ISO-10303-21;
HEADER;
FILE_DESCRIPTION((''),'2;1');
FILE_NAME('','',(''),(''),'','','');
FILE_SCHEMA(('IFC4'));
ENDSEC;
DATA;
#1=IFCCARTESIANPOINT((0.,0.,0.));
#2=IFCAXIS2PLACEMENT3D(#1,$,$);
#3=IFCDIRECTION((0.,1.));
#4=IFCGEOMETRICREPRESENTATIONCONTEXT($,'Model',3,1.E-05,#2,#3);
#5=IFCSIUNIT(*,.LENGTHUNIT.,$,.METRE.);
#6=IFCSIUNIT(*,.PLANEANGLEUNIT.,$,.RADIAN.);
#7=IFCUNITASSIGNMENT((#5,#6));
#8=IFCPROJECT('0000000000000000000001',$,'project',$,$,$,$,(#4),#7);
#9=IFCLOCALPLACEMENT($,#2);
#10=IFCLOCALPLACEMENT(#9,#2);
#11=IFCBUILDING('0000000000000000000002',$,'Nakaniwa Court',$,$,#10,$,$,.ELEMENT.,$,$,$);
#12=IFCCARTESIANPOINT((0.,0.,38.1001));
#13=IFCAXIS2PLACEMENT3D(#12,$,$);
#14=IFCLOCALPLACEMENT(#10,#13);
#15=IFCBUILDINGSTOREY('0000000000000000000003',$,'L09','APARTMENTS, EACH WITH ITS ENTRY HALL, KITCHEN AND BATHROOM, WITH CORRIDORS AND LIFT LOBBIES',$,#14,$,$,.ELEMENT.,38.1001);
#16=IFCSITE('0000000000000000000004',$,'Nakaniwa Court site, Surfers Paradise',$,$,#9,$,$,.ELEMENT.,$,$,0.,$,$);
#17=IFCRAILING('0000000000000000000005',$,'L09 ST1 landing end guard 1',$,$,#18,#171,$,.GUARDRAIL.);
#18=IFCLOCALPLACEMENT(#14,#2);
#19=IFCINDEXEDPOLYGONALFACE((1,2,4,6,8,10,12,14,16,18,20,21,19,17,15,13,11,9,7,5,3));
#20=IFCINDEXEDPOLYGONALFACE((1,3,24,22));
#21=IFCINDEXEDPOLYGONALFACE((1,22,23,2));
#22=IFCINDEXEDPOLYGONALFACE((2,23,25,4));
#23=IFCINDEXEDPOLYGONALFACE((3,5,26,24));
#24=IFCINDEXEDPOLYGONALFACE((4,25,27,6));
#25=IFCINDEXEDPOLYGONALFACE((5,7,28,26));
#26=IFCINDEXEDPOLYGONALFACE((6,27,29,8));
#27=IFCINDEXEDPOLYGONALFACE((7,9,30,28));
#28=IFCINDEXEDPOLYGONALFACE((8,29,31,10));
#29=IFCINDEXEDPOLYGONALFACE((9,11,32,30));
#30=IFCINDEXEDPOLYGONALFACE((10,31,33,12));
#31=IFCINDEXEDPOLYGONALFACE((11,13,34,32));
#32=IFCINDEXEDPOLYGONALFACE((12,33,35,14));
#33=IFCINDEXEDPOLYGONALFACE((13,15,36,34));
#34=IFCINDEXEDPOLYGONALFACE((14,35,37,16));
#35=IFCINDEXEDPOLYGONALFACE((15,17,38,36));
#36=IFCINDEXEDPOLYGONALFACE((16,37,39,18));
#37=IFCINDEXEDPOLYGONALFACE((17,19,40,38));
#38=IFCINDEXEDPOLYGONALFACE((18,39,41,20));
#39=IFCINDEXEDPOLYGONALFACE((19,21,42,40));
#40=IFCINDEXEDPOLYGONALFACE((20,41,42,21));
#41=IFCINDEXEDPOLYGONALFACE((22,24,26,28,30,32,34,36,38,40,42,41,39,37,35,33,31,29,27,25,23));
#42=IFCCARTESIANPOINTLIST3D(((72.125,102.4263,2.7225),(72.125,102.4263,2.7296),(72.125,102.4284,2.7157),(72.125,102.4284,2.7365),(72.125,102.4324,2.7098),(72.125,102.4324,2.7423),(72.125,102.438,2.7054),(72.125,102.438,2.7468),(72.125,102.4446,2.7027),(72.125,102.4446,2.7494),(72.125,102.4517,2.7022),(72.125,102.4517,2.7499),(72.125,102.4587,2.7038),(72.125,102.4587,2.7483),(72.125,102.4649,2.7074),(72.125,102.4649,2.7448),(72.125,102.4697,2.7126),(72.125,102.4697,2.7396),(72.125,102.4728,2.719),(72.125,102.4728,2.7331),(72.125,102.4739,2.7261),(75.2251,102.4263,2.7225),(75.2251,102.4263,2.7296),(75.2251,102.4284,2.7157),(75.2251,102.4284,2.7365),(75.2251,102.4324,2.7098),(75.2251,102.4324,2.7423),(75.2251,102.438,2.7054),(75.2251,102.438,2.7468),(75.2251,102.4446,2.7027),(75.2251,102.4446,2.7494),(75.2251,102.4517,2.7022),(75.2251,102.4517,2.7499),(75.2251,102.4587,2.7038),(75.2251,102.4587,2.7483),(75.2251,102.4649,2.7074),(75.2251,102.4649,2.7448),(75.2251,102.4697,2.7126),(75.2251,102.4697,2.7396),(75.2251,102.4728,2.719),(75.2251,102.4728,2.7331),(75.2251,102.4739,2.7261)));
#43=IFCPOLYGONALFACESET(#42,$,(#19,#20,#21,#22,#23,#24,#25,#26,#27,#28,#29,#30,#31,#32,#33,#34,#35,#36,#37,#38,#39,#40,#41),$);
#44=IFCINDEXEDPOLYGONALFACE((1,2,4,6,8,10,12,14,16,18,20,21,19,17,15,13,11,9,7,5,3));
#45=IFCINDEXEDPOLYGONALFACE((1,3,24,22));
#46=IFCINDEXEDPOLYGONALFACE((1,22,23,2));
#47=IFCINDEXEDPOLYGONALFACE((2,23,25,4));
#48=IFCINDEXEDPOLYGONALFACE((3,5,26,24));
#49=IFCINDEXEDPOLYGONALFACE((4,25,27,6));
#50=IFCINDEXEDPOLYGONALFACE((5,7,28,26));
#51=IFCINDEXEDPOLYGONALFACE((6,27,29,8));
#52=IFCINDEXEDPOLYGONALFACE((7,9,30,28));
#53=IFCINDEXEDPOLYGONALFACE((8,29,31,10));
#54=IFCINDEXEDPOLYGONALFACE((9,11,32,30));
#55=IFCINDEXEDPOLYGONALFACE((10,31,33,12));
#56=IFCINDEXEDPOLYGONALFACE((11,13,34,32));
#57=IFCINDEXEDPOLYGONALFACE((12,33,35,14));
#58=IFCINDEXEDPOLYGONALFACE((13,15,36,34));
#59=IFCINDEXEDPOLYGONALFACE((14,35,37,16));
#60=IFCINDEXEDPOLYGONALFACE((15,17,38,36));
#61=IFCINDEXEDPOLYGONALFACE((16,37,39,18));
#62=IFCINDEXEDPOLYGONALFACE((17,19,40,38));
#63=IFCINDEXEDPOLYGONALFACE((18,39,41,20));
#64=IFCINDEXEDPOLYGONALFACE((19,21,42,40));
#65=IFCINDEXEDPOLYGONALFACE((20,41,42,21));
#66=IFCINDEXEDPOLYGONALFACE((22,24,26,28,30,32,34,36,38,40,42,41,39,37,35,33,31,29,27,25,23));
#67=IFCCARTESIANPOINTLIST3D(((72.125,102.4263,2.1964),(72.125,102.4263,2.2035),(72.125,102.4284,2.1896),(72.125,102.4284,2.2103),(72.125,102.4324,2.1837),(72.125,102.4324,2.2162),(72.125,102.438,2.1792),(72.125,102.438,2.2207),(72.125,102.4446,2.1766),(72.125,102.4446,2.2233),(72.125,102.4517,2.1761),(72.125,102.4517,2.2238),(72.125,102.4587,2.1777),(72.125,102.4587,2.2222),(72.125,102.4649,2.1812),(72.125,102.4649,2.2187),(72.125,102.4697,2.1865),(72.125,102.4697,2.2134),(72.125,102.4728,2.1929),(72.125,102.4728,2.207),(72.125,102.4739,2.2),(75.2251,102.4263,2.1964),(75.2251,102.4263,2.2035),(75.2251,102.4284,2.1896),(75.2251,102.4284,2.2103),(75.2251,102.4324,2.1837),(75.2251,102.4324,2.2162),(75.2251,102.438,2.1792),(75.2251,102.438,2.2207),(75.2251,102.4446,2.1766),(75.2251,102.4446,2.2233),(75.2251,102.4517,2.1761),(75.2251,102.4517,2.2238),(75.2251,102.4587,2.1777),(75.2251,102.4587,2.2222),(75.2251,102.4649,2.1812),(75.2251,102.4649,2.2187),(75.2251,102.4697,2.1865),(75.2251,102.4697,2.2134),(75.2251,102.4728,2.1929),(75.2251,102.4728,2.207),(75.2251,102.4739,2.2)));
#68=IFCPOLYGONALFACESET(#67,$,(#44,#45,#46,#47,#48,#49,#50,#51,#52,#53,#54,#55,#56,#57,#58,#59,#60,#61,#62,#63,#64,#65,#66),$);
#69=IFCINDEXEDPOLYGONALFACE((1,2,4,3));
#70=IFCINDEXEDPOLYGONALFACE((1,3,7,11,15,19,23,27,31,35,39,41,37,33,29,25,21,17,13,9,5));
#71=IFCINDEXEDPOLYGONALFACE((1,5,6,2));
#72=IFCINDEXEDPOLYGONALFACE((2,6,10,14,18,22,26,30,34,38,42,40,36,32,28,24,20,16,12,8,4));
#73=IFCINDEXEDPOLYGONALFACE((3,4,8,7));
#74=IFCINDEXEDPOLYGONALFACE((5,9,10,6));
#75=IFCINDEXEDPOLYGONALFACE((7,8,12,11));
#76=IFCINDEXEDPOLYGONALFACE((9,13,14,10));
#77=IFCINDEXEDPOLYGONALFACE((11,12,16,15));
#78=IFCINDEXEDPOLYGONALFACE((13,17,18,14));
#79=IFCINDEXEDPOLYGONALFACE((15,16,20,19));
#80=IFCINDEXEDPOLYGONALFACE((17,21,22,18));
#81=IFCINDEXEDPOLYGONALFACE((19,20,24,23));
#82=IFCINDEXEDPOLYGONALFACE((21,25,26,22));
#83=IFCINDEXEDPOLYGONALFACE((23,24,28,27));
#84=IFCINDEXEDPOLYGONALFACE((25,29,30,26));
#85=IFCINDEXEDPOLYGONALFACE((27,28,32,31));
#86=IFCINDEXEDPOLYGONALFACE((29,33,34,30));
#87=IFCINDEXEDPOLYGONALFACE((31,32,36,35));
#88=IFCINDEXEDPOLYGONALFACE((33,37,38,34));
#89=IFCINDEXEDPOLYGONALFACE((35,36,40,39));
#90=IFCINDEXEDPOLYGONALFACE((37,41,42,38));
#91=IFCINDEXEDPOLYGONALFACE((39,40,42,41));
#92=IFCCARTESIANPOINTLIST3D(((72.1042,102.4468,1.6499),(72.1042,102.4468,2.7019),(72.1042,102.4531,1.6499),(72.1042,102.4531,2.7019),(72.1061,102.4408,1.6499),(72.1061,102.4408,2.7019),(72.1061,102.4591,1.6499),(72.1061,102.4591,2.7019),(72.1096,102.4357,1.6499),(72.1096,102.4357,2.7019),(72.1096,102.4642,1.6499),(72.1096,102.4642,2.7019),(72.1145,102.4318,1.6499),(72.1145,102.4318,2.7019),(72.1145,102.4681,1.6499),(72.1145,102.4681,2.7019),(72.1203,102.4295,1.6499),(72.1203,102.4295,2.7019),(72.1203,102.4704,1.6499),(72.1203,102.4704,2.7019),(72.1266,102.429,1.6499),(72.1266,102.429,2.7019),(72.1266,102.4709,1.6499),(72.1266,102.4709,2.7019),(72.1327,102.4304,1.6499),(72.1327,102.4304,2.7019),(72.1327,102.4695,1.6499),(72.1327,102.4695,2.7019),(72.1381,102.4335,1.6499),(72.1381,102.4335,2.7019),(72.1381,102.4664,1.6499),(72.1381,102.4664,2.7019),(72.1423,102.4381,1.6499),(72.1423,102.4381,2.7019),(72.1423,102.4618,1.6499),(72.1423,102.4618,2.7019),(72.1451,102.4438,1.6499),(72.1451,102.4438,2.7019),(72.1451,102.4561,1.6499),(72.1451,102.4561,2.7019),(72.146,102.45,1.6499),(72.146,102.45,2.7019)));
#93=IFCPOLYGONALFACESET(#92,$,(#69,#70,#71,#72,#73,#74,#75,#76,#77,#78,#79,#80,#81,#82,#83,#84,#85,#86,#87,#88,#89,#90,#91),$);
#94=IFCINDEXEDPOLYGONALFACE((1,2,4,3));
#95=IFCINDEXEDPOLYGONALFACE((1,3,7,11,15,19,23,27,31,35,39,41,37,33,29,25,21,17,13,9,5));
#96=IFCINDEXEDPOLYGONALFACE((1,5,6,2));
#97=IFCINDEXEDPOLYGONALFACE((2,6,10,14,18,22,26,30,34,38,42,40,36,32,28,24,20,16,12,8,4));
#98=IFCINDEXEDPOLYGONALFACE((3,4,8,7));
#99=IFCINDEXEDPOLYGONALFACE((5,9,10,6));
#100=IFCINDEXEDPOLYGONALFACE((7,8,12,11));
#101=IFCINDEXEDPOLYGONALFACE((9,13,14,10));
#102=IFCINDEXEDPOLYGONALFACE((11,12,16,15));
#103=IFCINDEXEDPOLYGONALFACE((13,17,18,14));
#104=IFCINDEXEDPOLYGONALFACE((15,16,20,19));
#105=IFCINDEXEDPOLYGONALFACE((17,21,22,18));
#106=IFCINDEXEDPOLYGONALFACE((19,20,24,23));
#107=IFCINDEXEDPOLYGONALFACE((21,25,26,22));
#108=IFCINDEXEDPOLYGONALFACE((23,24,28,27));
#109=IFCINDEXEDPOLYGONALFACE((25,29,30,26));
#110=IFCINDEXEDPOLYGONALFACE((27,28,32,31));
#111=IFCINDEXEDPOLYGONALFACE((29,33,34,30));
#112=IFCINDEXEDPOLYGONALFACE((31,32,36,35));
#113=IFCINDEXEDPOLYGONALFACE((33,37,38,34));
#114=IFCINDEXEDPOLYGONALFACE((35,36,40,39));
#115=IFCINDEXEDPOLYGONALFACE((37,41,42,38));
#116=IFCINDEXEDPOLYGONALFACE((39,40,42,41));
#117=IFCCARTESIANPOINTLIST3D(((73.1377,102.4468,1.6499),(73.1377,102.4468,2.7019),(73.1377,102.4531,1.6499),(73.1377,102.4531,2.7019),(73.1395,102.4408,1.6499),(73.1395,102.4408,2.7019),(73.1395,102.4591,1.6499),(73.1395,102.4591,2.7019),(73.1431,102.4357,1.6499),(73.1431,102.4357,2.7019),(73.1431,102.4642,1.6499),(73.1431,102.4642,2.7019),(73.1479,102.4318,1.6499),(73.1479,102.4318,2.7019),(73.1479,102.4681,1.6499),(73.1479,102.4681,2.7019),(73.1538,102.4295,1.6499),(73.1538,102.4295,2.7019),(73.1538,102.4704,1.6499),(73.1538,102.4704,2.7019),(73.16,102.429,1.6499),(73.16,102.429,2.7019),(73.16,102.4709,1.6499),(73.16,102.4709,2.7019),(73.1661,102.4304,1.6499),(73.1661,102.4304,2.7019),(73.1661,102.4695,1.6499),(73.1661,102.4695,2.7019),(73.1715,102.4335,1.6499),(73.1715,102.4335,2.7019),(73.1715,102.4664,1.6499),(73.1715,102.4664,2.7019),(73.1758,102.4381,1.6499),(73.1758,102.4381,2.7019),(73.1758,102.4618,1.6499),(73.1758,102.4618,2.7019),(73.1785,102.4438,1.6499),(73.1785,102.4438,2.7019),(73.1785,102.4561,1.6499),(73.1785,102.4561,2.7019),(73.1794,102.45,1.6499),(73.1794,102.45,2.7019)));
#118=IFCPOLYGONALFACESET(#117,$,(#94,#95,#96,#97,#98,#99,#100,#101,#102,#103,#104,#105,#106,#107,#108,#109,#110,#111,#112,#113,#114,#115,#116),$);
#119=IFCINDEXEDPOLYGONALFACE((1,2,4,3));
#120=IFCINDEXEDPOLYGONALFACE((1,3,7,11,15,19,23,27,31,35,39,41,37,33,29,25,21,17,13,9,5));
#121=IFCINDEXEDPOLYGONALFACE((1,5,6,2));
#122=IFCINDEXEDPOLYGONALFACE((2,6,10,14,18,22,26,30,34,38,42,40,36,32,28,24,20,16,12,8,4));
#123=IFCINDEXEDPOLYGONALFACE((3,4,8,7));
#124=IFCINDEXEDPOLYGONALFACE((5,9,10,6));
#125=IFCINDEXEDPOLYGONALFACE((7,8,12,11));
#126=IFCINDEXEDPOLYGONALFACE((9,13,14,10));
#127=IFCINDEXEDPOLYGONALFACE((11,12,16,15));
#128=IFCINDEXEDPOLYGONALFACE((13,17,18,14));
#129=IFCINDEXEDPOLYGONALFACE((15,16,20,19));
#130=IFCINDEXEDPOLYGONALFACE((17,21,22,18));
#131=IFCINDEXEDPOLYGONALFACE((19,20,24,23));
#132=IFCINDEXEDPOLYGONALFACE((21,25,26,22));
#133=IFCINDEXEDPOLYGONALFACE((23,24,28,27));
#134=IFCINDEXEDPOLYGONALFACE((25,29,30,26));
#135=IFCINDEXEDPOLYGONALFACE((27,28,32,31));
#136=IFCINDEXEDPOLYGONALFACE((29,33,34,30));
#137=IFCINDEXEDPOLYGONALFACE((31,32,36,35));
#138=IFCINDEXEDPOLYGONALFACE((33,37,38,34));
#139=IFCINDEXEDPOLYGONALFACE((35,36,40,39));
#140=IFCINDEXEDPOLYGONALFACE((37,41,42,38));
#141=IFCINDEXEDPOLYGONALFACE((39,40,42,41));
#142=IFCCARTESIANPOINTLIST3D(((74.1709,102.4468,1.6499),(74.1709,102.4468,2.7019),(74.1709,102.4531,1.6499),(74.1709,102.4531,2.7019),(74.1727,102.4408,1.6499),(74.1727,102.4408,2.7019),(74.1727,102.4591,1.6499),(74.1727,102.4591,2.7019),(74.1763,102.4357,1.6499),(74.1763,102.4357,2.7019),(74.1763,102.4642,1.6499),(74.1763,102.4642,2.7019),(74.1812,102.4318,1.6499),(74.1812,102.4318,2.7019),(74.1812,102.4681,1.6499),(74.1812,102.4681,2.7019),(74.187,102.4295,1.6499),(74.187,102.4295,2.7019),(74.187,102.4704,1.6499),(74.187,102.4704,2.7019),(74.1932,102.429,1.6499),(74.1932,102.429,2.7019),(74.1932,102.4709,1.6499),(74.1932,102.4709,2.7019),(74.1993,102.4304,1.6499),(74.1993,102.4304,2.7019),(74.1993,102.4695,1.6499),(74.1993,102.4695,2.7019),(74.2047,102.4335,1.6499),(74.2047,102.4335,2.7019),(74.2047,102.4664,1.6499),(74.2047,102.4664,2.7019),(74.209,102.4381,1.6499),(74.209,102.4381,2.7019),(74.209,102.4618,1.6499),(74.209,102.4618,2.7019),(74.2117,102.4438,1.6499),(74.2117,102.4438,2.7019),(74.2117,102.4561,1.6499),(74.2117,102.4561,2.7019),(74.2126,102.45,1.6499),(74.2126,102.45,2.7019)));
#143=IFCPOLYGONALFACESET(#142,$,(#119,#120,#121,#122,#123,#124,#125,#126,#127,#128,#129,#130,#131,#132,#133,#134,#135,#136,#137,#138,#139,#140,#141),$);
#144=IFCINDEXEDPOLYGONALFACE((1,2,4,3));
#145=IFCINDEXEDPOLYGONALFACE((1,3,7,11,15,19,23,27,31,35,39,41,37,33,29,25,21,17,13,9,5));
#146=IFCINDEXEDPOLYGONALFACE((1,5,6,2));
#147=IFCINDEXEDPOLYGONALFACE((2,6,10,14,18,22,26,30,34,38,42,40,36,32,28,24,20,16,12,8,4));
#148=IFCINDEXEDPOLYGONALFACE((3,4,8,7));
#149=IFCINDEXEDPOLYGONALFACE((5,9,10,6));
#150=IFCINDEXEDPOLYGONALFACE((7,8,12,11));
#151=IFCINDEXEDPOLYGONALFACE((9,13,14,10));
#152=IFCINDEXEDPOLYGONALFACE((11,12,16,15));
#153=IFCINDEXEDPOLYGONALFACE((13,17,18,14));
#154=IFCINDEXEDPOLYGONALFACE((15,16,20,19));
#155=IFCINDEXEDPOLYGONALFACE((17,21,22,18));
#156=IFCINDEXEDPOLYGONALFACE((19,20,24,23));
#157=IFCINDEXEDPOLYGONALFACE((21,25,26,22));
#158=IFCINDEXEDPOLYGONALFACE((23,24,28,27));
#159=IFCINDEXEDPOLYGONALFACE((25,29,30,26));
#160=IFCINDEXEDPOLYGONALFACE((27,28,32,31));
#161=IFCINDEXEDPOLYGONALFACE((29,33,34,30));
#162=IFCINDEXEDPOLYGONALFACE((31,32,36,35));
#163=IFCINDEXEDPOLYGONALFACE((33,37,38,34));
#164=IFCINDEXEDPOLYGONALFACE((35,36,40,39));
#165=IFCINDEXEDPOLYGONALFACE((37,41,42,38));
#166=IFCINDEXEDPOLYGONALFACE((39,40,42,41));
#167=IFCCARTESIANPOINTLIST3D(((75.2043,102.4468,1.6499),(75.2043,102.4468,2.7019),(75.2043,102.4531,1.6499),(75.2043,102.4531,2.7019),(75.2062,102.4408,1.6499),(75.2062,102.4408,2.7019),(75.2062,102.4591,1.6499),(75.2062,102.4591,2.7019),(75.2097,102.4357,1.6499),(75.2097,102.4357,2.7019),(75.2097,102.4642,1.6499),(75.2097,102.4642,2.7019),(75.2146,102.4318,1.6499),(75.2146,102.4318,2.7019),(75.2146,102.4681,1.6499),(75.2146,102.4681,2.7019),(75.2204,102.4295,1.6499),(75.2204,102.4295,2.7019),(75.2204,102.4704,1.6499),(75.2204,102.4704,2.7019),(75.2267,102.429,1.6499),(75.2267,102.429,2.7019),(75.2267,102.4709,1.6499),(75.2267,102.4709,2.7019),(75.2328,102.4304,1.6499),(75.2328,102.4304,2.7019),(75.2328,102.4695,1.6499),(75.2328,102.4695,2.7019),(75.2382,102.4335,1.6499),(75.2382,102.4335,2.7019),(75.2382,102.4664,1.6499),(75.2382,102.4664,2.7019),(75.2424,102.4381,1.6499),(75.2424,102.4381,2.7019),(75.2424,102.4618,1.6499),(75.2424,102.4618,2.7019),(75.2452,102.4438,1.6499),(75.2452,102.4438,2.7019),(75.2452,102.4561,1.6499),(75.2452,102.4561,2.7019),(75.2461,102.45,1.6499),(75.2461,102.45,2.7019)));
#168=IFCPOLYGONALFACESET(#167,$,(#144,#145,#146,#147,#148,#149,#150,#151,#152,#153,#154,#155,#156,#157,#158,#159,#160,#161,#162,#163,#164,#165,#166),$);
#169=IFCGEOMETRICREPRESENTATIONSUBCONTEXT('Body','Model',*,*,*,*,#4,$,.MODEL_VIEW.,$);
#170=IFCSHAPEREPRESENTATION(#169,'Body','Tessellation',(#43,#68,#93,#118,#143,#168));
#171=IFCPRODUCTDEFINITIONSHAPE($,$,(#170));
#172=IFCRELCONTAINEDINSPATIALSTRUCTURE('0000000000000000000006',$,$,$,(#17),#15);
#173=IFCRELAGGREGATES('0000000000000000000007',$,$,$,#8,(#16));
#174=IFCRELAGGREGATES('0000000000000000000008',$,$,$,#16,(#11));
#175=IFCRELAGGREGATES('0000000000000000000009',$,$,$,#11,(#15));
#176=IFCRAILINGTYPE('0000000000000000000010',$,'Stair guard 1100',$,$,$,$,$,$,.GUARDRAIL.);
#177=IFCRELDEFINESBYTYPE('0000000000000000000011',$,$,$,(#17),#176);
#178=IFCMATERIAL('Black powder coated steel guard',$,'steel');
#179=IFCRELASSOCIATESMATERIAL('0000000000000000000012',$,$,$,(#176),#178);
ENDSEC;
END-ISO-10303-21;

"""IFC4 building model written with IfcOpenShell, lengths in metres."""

from ifc_helpers import new_model, si_unit, direction, frame, origin, origin_2d, place, context, subcontext, project, spatial, circle, extrude, material, type_object, element, save


model = new_model("IFC4")

# Units and contexts
model_context = context("Model", 3, precision=1e-05, world=origin(), true_north=direction((0.0, 1.0)))
body_context = subcontext(model_context, "Body", "Model", "MODEL_VIEW")
ifc_project = project(units=[si_unit("LENGTHUNIT", "METRE"), si_unit("PLANEANGLEUNIT", "RADIAN")], contexts=[model_context])

# Site, building, storey
site_placement = place(None, origin())
site = spatial("IfcSite", under=ifc_project, at=site_placement, Name="Nakaniwa Court site, Surfers Paradise", CompositionType="ELEMENT", RefElevation=0.0)
building_placement = place(site_placement, origin())
building = spatial("IfcBuilding", under=site, at=building_placement, Name="Nakaniwa Court", CompositionType="ELEMENT")
storey_placement = place(building_placement, frame((0.0, 0.0, 38.1001)))
storey = spatial("IfcBuildingStorey", under=building, at=storey_placement, Name="L09", Description="APARTMENTS, EACH WITH ITS ENTRY HALL, KITCHEN AND BATHROOM, WITH CORRIDORS AND LIFT LOBBIES", CompositionType="ELEMENT", Elevation=38.1001)

# Railing
ifc_material_1 = material(Name="Black powder coated steel guard", Category="steel")
railing_type_1 = type_object("IfcRailingType", Name="Stair guard 1100", PredefinedType="GUARDRAIL", material=ifc_material_1)
railing_1_placement = place(storey_placement, frame((72.125, 102.45, 1.6499)))
element("IfcRailing", 1, at=railing_1_placement, inside=storey, type_object=railing_type_1, Name="L09 ST1 landing end guard 1", PredefinedType="GUARDRAIL", context=body_context, shape_type="SweptSolid", body=[
    extrude(circle(Radius=0.0239, at=origin_2d()), frame((0.0, 0.0, 1.0762), z_axis=(1.0, 0.0, 0.0), x_axis=(0.0, 1.0, 0.0)), (0.0, 0.0, 1.0), 3.1001),
    extrude(circle(Radius=0.0239, at=origin_2d()), frame((0.0, 0.0, 0.55), z_axis=(1.0, 0.0, 0.0), x_axis=(0.0, 1.0, 0.0)), (0.0, 0.0, 1.0), 3.1001),
    extrude(circle(Radius=0.021, at=origin_2d()), origin(), (0.0, 0.0, 1.0), 1.052),
    extrude(circle(Radius=0.021, at=origin_2d()), frame((1.0334, 0.0, 0.0)), (0.0, 0.0, 1.0), 1.052),
    extrude(circle(Radius=0.021, at=origin_2d()), frame((2.0667, 0.0, 0.0)), (0.0, 0.0, 1.0), 1.052),
    extrude(circle(Radius=0.021, at=origin_2d()), frame((3.1001, 0.0, 0.0)), (0.0, 0.0, 1.0), 1.052),
])

save(model, "model.ifc")
